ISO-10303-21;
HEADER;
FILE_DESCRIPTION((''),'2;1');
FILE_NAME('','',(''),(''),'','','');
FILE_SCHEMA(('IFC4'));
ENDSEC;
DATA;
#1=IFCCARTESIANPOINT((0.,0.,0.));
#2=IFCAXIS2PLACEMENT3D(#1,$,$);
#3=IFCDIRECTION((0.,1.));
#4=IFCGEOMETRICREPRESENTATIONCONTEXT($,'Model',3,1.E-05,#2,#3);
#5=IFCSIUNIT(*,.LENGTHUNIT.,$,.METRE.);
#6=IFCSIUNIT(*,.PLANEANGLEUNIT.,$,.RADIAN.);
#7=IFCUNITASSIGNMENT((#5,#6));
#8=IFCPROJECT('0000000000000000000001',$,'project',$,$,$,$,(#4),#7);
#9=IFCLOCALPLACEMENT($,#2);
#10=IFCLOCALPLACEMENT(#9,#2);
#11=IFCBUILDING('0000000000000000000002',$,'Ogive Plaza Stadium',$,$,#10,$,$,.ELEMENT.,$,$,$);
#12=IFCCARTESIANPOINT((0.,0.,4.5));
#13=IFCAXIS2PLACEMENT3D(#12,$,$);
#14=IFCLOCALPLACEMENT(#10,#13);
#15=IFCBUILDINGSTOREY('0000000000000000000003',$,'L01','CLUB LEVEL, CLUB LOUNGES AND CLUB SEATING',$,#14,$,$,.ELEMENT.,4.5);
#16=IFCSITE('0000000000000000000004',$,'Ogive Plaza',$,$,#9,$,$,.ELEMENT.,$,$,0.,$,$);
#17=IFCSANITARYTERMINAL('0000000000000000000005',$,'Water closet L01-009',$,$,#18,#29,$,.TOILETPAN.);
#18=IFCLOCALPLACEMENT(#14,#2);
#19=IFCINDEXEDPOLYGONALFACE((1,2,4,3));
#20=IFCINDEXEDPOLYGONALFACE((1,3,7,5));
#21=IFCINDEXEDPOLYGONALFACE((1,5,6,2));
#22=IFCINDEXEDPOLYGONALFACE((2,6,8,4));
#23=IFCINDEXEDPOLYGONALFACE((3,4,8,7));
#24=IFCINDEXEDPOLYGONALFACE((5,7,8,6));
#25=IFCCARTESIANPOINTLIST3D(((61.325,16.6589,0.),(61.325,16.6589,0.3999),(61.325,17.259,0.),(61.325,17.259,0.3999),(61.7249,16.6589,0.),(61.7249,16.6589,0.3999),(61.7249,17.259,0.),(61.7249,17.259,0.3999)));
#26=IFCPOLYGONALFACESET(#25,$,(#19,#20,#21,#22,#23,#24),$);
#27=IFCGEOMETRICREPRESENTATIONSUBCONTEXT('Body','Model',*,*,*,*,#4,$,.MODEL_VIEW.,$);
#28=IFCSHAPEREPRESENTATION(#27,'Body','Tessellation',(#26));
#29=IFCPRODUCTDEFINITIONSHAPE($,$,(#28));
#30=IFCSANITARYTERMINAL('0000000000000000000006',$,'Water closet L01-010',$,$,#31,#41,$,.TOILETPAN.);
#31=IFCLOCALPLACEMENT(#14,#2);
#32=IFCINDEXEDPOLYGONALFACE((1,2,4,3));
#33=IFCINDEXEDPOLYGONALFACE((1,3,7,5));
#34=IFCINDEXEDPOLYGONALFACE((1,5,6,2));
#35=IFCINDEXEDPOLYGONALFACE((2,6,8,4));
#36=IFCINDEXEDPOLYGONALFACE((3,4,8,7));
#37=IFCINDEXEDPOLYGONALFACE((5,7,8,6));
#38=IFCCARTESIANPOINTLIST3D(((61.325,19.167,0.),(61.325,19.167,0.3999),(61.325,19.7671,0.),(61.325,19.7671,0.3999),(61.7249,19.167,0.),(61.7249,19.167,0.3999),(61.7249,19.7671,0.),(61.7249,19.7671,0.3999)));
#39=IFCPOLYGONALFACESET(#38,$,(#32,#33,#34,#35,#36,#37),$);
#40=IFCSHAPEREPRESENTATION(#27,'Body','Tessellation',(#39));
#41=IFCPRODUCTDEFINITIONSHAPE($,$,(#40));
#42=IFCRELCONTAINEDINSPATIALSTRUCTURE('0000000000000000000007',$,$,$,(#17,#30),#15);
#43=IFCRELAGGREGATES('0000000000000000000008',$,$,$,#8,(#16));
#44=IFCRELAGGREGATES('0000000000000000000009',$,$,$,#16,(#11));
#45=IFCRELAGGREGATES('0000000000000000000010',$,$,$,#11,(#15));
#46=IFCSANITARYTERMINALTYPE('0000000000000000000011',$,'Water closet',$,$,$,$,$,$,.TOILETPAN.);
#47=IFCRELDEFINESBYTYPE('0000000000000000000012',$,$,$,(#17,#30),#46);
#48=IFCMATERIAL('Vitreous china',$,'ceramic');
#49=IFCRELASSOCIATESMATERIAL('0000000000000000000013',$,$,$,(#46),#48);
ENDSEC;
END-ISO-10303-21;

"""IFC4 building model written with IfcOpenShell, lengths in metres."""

from ifc_helpers import new_model, si_unit, direction, frame, origin, origin_2d, place, context, subcontext, project, spatial, rectangle, extrude, material, type_object, element, save


model = new_model("IFC4")

# Units and contexts
model_context = context("Model", 3, precision=1e-05, world=origin(), true_north=direction((0.0, 1.0)))
body_context = subcontext(model_context, "Body", "Model", "MODEL_VIEW")
ifc_project = project(units=[si_unit("LENGTHUNIT", "METRE"), si_unit("PLANEANGLEUNIT", "RADIAN")], contexts=[model_context])

# Site, building, storey
site_placement = place(None, origin())
site = spatial("IfcSite", under=ifc_project, at=site_placement, Name="Ogive Plaza", CompositionType="ELEMENT", RefElevation=0.0)
building_placement = place(site_placement, origin())
building = spatial("IfcBuilding", under=site, at=building_placement, Name="Ogive Plaza Stadium", CompositionType="ELEMENT")
storey_placement = place(building_placement, frame((0.0, 0.0, 4.5)))
storey = spatial("IfcBuildingStorey", under=building, at=storey_placement, Name="L01", Description="CLUB LEVEL, CLUB LOUNGES AND CLUB SEATING", CompositionType="ELEMENT", Elevation=4.5)

# Sanitary terminals
ifc_material_1 = material(Name="Vitreous china", Category="ceramic")
sanitary_terminal_type_1 = type_object("IfcSanitaryTerminalType", Name="Water closet", PredefinedType="TOILETPAN", material=ifc_material_1)
for number, where, z_axis, x_axis, name in (
    (1, (61.5249, 16.959, 0.0), (0.0, 0.0, 1.0), (1.0, 0.0, 0.0), "Water closet L01-009"),
    (2, (61.5249, 19.467, 0.0), (0.0, 0.0, 1.0), (1.0, 0.0, 0.0), "Water closet L01-010"),
):
    element("IfcSanitaryTerminal", number, at=place(storey_placement, frame(where, z_axis=z_axis, x_axis=x_axis)), inside=storey, type_object=sanitary_terminal_type_1, Name=name, PredefinedType="TOILETPAN", context=body_context, shape_type="SweptSolid", body=[
        extrude(rectangle(XDim=0.3999, YDim=0.6001, at=origin_2d()), origin(), (0.0, 0.0, 1.0), 0.3999),
    ])

save(model, "model.ifc")
